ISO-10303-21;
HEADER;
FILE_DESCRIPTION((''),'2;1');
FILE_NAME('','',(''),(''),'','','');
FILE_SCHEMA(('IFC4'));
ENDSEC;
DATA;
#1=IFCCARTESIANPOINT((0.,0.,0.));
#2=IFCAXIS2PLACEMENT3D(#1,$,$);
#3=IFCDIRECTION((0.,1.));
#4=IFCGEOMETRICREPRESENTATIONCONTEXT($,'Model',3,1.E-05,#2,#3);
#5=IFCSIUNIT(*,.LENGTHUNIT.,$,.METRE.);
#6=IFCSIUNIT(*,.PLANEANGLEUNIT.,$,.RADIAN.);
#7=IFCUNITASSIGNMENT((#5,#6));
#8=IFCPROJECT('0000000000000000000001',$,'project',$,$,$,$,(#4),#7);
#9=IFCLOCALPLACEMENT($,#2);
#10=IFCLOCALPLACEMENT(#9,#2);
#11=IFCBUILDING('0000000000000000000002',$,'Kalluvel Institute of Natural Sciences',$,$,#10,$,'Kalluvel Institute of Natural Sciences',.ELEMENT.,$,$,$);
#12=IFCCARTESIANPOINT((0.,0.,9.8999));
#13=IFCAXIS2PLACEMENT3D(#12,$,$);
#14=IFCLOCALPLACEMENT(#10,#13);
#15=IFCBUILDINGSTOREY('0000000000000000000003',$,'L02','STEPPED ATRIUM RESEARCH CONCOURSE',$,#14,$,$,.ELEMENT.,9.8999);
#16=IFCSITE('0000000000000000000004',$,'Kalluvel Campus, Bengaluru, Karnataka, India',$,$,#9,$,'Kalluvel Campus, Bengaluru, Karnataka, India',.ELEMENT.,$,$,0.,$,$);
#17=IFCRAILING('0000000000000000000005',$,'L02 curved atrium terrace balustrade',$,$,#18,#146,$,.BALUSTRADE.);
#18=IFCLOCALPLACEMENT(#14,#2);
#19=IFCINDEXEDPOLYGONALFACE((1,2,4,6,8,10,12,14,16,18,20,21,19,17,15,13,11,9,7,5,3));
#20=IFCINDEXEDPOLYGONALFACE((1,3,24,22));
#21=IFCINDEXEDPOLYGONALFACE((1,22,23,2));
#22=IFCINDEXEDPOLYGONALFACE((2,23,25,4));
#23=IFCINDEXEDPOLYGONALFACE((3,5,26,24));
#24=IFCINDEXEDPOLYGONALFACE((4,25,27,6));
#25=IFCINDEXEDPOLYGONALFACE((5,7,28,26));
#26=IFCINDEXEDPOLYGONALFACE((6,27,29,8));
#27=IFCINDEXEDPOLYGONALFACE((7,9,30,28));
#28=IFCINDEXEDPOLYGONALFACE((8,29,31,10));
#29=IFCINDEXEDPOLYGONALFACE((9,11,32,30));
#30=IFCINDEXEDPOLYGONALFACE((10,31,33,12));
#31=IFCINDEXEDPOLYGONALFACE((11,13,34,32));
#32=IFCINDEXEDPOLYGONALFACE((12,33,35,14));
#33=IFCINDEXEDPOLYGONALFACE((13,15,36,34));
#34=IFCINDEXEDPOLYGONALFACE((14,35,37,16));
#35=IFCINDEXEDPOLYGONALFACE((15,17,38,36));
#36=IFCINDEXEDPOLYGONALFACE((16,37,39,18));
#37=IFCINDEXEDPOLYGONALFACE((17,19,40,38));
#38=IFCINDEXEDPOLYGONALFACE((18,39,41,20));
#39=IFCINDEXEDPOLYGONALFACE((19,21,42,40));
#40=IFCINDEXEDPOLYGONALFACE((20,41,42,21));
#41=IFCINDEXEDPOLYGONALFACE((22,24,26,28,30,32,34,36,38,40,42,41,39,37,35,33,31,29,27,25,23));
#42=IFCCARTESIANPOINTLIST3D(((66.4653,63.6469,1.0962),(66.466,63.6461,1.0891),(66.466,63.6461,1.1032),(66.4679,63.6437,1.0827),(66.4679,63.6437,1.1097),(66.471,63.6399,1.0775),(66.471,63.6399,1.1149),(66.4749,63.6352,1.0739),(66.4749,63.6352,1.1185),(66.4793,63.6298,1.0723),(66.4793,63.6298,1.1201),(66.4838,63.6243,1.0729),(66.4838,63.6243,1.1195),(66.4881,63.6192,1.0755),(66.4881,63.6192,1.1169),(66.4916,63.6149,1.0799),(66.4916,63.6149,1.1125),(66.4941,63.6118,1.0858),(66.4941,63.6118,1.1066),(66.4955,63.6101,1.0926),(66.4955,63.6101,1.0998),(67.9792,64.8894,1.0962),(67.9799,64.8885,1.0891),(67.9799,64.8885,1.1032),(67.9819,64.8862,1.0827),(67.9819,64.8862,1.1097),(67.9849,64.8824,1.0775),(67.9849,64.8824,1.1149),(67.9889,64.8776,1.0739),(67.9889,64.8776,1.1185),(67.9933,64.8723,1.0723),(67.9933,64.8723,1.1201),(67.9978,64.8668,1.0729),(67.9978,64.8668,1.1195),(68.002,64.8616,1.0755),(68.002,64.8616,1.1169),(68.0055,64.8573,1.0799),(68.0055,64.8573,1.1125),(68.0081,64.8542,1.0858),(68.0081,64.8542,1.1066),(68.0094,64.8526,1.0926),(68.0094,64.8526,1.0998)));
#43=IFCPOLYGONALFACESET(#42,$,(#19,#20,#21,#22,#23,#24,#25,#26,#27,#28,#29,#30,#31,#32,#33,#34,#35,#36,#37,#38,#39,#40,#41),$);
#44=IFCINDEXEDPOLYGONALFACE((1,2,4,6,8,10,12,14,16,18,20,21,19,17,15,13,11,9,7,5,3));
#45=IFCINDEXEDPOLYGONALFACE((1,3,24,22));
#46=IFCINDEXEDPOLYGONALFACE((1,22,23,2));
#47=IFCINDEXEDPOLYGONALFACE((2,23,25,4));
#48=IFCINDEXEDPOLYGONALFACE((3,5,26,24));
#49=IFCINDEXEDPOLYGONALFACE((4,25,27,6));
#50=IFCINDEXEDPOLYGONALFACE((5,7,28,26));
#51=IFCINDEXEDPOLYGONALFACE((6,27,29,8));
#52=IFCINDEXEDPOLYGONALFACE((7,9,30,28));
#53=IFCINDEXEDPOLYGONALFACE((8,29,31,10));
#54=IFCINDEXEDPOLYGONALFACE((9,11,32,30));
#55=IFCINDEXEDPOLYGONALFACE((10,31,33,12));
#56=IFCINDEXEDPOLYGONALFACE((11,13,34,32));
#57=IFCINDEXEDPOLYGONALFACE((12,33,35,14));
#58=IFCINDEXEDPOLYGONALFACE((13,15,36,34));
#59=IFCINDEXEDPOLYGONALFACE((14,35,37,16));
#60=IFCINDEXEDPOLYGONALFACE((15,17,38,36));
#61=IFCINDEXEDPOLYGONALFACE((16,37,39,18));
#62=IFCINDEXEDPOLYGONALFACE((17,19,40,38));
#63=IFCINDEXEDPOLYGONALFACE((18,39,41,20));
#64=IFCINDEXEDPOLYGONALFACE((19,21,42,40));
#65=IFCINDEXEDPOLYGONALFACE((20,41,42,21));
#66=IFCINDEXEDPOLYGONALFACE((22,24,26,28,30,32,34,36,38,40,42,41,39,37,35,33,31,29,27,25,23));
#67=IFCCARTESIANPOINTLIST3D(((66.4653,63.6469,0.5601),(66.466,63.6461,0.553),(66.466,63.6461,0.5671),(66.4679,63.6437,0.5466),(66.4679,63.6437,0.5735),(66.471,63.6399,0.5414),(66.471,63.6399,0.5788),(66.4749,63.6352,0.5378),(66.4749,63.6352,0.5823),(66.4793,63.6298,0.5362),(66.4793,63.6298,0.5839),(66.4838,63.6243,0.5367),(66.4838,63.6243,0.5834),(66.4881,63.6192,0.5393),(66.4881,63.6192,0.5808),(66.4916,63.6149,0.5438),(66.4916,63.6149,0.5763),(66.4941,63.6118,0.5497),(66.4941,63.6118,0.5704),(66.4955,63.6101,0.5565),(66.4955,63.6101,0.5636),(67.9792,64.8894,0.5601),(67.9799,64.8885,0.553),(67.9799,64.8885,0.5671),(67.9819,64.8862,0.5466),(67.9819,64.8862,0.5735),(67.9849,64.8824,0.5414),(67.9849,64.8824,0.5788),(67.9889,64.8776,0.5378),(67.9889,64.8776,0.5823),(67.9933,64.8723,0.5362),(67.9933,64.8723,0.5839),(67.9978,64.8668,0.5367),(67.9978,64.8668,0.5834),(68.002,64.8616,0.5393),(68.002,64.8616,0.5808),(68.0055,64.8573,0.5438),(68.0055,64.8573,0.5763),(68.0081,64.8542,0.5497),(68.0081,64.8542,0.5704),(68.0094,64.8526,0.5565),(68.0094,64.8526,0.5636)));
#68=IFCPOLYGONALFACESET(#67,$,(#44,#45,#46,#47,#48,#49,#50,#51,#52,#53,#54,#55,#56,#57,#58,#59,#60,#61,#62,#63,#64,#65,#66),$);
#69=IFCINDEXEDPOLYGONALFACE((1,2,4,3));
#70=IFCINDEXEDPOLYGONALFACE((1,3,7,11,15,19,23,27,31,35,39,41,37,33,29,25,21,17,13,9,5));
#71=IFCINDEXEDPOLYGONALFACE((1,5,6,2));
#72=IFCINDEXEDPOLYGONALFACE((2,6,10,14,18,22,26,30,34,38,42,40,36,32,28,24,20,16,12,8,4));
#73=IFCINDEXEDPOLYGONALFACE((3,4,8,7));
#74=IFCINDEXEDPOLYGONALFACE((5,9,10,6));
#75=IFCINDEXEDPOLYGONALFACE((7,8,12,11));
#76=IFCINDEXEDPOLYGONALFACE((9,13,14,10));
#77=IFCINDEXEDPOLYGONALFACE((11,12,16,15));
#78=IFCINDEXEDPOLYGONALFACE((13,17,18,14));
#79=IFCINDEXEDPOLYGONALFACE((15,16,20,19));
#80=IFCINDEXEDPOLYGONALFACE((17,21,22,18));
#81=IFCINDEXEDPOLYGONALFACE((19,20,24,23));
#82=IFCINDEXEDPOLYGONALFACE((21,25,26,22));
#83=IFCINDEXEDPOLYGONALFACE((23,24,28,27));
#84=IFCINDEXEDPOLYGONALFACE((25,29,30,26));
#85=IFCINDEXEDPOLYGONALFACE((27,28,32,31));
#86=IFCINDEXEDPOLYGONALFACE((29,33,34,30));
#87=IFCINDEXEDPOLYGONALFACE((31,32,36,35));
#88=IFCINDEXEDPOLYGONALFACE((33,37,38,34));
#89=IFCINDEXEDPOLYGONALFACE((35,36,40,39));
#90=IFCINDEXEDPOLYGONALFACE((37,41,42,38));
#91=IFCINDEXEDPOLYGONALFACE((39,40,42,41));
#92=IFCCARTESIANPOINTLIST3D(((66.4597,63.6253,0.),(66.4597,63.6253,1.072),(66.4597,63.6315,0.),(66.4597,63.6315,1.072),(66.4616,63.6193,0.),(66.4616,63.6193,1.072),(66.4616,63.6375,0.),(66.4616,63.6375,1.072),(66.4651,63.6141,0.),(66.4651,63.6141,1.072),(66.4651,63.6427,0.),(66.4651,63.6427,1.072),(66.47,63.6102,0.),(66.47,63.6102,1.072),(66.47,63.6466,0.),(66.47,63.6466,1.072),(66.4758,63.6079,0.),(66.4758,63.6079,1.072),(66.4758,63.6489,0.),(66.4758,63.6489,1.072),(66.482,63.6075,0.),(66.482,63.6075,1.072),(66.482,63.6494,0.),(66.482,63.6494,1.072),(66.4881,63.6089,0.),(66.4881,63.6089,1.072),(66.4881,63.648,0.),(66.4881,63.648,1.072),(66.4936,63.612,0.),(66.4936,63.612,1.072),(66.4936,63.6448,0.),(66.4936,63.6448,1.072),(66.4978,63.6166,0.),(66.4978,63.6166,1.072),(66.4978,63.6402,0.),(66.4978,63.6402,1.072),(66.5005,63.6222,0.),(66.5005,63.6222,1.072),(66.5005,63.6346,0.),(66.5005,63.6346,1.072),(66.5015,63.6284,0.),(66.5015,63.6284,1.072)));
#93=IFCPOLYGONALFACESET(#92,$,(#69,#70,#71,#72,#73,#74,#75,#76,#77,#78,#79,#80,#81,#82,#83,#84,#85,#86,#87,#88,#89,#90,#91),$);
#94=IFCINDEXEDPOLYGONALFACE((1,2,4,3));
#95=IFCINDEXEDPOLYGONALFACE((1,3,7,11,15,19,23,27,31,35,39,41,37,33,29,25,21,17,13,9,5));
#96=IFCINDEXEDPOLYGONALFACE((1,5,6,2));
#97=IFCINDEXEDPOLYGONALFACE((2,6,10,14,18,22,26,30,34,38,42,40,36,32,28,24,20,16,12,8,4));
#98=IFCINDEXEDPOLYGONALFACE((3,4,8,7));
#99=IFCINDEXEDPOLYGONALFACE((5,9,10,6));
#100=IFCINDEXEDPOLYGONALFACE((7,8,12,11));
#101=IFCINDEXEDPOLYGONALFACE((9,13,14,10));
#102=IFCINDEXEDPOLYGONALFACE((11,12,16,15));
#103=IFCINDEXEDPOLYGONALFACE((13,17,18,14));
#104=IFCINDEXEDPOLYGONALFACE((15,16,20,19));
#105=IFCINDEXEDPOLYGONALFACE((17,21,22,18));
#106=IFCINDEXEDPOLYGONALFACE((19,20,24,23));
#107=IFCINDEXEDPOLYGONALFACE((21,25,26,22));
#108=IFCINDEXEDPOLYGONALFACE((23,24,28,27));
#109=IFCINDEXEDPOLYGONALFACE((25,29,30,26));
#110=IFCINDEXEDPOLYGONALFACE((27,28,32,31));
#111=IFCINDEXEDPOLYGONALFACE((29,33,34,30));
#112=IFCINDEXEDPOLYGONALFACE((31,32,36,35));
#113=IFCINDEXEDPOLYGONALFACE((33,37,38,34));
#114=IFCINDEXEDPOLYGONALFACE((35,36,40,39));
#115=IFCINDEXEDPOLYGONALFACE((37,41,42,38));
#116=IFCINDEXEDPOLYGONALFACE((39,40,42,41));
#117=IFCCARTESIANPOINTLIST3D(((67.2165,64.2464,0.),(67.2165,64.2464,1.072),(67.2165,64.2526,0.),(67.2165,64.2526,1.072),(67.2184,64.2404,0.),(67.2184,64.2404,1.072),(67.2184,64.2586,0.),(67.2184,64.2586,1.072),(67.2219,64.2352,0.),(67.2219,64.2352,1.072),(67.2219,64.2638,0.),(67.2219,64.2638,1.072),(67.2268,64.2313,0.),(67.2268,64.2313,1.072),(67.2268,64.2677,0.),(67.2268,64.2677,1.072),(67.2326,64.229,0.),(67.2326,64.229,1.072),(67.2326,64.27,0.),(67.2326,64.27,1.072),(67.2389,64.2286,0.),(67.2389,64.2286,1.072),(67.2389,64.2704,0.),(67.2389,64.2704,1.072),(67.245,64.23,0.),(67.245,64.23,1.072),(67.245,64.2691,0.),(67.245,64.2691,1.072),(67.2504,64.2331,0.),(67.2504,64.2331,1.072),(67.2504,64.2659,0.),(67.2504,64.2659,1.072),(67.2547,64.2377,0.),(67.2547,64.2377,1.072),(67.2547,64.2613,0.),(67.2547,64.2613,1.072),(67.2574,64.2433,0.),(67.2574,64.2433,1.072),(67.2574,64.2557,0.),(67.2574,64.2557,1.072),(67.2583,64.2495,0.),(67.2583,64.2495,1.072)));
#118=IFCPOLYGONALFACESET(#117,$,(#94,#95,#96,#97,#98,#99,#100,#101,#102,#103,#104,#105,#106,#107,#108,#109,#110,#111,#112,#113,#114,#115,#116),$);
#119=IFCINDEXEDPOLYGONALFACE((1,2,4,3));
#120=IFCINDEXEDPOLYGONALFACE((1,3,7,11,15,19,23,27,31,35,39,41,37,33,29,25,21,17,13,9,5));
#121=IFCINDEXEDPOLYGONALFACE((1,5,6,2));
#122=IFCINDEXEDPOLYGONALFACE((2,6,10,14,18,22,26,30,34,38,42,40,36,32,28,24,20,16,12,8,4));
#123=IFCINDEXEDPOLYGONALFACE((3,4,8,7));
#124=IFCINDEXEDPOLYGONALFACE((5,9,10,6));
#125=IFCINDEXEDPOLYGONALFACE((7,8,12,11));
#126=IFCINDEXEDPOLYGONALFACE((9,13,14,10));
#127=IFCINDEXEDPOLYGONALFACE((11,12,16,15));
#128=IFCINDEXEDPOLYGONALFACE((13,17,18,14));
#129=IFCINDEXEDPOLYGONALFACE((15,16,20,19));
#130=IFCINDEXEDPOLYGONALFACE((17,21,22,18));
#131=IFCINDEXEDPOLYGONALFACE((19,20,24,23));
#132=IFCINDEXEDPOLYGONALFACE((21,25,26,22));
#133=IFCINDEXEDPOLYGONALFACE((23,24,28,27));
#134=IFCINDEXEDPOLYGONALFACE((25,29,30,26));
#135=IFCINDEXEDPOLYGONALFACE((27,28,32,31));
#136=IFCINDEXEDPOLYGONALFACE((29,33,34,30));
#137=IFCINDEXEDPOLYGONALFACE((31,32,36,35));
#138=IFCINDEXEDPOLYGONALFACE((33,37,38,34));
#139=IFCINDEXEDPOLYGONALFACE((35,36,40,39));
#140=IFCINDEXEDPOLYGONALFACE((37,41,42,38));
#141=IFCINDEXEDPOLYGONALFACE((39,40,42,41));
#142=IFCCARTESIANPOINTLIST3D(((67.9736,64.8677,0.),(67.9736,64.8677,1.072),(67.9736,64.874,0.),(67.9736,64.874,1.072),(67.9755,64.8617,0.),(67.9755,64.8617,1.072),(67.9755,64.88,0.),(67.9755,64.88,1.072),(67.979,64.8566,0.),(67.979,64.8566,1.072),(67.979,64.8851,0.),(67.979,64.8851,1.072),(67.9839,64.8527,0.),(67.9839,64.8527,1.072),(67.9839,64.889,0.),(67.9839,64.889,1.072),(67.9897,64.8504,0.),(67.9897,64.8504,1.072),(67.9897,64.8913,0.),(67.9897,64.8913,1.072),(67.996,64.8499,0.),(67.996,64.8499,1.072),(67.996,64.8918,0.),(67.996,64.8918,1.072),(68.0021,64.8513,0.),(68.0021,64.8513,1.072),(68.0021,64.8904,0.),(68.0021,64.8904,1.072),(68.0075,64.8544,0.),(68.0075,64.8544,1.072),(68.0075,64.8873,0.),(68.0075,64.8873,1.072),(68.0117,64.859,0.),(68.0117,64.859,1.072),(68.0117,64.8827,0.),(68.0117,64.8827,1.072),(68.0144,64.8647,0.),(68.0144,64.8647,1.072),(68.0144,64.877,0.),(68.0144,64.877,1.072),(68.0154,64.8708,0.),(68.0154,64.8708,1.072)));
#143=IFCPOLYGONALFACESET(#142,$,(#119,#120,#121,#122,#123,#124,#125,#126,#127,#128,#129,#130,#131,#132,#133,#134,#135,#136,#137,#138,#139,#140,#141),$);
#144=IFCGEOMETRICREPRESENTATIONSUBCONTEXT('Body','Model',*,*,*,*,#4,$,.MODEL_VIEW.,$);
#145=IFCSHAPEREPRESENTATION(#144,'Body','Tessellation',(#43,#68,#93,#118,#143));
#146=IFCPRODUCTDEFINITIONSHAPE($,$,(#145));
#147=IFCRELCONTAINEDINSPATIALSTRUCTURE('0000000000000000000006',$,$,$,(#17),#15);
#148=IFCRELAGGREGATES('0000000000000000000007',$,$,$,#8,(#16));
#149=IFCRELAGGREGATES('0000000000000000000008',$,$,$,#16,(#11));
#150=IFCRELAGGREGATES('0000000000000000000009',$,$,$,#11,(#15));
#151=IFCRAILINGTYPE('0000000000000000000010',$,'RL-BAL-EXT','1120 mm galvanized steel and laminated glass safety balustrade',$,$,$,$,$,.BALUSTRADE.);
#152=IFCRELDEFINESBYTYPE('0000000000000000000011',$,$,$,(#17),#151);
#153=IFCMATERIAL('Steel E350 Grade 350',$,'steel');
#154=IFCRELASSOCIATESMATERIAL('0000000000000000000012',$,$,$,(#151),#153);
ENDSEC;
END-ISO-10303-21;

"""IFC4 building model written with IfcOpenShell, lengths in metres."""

from ifc_helpers import new_model, si_unit, direction, frame, origin, origin_2d, place, context, subcontext, project, spatial, circle, extrude, material, type_object, element, save


model = new_model("IFC4")

# Units and contexts
model_context = context("Model", 3, precision=1e-05, world=origin(), true_north=direction((0.0, 1.0)))
body_context = subcontext(model_context, "Body", "Model", "MODEL_VIEW")
ifc_project = project(units=[si_unit("LENGTHUNIT", "METRE"), si_unit("PLANEANGLEUNIT", "RADIAN")], contexts=[model_context])

# Site, building, storey
site_placement = place(None, origin())
site = spatial("IfcSite", under=ifc_project, at=site_placement, Name="Kalluvel Campus, Bengaluru, Karnataka, India", LongName="Kalluvel Campus, Bengaluru, Karnataka, India", CompositionType="ELEMENT", RefElevation=0.0)
building_placement = place(site_placement, origin())
building = spatial("IfcBuilding", under=site, at=building_placement, Name="Kalluvel Institute of Natural Sciences", LongName="Kalluvel Institute of Natural Sciences", CompositionType="ELEMENT")
storey_placement = place(building_placement, frame((0.0, 0.0, 9.8999)))
storey = spatial("IfcBuildingStorey", under=building, at=storey_placement, Name="L02", Description="STEPPED ATRIUM RESEARCH CONCOURSE", CompositionType="ELEMENT", Elevation=9.8999)

# Railing
ifc_material_1 = material(Name="Steel E350 Grade 350", Category="steel")
railing_type = type_object("IfcRailingType", Name="RL-BAL-EXT", Description="1120 mm galvanized steel and laminated glass safety balustrade", PredefinedType="BALUSTRADE", material=ifc_material_1)
railing_1_placement = place(storey_placement, frame((66.4805, 63.6284, 0.0)))
element("IfcRailing", 1, at=railing_1_placement, inside=storey, type_object=railing_type, Name="L02 curved atrium terrace balustrade", PredefinedType="BALUSTRADE", context=body_context, shape_type="SweptSolid", body=[
    extrude(circle(Radius=0.0239, at=origin_2d()), frame((0.0, 0.0, 1.0962), z_axis=(0.773012, 0.634391, 0.0), x_axis=(-0.634391, 0.773012, 0.0)), (0.0, 0.0, 1.0), 1.9585),
    extrude(circle(Radius=0.0239, at=origin_2d()), frame((0.0, 0.0, 0.5601), z_axis=(0.773012, 0.634391, 0.0), x_axis=(-0.634391, 0.773012, 0.0)), (0.0, 0.0, 1.0), 1.9585),
    extrude(circle(Radius=0.021, at=origin_2d()), origin(), (0.0, 0.0, 1.0), 1.072),
    extrude(circle(Radius=0.021, at=origin_2d()), frame((0.7568, 0.6211, 0.0)), (0.0, 0.0, 1.0), 1.072),
    extrude(circle(Radius=0.021, at=origin_2d()), frame((1.5139, 1.2424, 0.0)), (0.0, 0.0, 1.0), 1.072),
])

save(model, "model.ifc")
